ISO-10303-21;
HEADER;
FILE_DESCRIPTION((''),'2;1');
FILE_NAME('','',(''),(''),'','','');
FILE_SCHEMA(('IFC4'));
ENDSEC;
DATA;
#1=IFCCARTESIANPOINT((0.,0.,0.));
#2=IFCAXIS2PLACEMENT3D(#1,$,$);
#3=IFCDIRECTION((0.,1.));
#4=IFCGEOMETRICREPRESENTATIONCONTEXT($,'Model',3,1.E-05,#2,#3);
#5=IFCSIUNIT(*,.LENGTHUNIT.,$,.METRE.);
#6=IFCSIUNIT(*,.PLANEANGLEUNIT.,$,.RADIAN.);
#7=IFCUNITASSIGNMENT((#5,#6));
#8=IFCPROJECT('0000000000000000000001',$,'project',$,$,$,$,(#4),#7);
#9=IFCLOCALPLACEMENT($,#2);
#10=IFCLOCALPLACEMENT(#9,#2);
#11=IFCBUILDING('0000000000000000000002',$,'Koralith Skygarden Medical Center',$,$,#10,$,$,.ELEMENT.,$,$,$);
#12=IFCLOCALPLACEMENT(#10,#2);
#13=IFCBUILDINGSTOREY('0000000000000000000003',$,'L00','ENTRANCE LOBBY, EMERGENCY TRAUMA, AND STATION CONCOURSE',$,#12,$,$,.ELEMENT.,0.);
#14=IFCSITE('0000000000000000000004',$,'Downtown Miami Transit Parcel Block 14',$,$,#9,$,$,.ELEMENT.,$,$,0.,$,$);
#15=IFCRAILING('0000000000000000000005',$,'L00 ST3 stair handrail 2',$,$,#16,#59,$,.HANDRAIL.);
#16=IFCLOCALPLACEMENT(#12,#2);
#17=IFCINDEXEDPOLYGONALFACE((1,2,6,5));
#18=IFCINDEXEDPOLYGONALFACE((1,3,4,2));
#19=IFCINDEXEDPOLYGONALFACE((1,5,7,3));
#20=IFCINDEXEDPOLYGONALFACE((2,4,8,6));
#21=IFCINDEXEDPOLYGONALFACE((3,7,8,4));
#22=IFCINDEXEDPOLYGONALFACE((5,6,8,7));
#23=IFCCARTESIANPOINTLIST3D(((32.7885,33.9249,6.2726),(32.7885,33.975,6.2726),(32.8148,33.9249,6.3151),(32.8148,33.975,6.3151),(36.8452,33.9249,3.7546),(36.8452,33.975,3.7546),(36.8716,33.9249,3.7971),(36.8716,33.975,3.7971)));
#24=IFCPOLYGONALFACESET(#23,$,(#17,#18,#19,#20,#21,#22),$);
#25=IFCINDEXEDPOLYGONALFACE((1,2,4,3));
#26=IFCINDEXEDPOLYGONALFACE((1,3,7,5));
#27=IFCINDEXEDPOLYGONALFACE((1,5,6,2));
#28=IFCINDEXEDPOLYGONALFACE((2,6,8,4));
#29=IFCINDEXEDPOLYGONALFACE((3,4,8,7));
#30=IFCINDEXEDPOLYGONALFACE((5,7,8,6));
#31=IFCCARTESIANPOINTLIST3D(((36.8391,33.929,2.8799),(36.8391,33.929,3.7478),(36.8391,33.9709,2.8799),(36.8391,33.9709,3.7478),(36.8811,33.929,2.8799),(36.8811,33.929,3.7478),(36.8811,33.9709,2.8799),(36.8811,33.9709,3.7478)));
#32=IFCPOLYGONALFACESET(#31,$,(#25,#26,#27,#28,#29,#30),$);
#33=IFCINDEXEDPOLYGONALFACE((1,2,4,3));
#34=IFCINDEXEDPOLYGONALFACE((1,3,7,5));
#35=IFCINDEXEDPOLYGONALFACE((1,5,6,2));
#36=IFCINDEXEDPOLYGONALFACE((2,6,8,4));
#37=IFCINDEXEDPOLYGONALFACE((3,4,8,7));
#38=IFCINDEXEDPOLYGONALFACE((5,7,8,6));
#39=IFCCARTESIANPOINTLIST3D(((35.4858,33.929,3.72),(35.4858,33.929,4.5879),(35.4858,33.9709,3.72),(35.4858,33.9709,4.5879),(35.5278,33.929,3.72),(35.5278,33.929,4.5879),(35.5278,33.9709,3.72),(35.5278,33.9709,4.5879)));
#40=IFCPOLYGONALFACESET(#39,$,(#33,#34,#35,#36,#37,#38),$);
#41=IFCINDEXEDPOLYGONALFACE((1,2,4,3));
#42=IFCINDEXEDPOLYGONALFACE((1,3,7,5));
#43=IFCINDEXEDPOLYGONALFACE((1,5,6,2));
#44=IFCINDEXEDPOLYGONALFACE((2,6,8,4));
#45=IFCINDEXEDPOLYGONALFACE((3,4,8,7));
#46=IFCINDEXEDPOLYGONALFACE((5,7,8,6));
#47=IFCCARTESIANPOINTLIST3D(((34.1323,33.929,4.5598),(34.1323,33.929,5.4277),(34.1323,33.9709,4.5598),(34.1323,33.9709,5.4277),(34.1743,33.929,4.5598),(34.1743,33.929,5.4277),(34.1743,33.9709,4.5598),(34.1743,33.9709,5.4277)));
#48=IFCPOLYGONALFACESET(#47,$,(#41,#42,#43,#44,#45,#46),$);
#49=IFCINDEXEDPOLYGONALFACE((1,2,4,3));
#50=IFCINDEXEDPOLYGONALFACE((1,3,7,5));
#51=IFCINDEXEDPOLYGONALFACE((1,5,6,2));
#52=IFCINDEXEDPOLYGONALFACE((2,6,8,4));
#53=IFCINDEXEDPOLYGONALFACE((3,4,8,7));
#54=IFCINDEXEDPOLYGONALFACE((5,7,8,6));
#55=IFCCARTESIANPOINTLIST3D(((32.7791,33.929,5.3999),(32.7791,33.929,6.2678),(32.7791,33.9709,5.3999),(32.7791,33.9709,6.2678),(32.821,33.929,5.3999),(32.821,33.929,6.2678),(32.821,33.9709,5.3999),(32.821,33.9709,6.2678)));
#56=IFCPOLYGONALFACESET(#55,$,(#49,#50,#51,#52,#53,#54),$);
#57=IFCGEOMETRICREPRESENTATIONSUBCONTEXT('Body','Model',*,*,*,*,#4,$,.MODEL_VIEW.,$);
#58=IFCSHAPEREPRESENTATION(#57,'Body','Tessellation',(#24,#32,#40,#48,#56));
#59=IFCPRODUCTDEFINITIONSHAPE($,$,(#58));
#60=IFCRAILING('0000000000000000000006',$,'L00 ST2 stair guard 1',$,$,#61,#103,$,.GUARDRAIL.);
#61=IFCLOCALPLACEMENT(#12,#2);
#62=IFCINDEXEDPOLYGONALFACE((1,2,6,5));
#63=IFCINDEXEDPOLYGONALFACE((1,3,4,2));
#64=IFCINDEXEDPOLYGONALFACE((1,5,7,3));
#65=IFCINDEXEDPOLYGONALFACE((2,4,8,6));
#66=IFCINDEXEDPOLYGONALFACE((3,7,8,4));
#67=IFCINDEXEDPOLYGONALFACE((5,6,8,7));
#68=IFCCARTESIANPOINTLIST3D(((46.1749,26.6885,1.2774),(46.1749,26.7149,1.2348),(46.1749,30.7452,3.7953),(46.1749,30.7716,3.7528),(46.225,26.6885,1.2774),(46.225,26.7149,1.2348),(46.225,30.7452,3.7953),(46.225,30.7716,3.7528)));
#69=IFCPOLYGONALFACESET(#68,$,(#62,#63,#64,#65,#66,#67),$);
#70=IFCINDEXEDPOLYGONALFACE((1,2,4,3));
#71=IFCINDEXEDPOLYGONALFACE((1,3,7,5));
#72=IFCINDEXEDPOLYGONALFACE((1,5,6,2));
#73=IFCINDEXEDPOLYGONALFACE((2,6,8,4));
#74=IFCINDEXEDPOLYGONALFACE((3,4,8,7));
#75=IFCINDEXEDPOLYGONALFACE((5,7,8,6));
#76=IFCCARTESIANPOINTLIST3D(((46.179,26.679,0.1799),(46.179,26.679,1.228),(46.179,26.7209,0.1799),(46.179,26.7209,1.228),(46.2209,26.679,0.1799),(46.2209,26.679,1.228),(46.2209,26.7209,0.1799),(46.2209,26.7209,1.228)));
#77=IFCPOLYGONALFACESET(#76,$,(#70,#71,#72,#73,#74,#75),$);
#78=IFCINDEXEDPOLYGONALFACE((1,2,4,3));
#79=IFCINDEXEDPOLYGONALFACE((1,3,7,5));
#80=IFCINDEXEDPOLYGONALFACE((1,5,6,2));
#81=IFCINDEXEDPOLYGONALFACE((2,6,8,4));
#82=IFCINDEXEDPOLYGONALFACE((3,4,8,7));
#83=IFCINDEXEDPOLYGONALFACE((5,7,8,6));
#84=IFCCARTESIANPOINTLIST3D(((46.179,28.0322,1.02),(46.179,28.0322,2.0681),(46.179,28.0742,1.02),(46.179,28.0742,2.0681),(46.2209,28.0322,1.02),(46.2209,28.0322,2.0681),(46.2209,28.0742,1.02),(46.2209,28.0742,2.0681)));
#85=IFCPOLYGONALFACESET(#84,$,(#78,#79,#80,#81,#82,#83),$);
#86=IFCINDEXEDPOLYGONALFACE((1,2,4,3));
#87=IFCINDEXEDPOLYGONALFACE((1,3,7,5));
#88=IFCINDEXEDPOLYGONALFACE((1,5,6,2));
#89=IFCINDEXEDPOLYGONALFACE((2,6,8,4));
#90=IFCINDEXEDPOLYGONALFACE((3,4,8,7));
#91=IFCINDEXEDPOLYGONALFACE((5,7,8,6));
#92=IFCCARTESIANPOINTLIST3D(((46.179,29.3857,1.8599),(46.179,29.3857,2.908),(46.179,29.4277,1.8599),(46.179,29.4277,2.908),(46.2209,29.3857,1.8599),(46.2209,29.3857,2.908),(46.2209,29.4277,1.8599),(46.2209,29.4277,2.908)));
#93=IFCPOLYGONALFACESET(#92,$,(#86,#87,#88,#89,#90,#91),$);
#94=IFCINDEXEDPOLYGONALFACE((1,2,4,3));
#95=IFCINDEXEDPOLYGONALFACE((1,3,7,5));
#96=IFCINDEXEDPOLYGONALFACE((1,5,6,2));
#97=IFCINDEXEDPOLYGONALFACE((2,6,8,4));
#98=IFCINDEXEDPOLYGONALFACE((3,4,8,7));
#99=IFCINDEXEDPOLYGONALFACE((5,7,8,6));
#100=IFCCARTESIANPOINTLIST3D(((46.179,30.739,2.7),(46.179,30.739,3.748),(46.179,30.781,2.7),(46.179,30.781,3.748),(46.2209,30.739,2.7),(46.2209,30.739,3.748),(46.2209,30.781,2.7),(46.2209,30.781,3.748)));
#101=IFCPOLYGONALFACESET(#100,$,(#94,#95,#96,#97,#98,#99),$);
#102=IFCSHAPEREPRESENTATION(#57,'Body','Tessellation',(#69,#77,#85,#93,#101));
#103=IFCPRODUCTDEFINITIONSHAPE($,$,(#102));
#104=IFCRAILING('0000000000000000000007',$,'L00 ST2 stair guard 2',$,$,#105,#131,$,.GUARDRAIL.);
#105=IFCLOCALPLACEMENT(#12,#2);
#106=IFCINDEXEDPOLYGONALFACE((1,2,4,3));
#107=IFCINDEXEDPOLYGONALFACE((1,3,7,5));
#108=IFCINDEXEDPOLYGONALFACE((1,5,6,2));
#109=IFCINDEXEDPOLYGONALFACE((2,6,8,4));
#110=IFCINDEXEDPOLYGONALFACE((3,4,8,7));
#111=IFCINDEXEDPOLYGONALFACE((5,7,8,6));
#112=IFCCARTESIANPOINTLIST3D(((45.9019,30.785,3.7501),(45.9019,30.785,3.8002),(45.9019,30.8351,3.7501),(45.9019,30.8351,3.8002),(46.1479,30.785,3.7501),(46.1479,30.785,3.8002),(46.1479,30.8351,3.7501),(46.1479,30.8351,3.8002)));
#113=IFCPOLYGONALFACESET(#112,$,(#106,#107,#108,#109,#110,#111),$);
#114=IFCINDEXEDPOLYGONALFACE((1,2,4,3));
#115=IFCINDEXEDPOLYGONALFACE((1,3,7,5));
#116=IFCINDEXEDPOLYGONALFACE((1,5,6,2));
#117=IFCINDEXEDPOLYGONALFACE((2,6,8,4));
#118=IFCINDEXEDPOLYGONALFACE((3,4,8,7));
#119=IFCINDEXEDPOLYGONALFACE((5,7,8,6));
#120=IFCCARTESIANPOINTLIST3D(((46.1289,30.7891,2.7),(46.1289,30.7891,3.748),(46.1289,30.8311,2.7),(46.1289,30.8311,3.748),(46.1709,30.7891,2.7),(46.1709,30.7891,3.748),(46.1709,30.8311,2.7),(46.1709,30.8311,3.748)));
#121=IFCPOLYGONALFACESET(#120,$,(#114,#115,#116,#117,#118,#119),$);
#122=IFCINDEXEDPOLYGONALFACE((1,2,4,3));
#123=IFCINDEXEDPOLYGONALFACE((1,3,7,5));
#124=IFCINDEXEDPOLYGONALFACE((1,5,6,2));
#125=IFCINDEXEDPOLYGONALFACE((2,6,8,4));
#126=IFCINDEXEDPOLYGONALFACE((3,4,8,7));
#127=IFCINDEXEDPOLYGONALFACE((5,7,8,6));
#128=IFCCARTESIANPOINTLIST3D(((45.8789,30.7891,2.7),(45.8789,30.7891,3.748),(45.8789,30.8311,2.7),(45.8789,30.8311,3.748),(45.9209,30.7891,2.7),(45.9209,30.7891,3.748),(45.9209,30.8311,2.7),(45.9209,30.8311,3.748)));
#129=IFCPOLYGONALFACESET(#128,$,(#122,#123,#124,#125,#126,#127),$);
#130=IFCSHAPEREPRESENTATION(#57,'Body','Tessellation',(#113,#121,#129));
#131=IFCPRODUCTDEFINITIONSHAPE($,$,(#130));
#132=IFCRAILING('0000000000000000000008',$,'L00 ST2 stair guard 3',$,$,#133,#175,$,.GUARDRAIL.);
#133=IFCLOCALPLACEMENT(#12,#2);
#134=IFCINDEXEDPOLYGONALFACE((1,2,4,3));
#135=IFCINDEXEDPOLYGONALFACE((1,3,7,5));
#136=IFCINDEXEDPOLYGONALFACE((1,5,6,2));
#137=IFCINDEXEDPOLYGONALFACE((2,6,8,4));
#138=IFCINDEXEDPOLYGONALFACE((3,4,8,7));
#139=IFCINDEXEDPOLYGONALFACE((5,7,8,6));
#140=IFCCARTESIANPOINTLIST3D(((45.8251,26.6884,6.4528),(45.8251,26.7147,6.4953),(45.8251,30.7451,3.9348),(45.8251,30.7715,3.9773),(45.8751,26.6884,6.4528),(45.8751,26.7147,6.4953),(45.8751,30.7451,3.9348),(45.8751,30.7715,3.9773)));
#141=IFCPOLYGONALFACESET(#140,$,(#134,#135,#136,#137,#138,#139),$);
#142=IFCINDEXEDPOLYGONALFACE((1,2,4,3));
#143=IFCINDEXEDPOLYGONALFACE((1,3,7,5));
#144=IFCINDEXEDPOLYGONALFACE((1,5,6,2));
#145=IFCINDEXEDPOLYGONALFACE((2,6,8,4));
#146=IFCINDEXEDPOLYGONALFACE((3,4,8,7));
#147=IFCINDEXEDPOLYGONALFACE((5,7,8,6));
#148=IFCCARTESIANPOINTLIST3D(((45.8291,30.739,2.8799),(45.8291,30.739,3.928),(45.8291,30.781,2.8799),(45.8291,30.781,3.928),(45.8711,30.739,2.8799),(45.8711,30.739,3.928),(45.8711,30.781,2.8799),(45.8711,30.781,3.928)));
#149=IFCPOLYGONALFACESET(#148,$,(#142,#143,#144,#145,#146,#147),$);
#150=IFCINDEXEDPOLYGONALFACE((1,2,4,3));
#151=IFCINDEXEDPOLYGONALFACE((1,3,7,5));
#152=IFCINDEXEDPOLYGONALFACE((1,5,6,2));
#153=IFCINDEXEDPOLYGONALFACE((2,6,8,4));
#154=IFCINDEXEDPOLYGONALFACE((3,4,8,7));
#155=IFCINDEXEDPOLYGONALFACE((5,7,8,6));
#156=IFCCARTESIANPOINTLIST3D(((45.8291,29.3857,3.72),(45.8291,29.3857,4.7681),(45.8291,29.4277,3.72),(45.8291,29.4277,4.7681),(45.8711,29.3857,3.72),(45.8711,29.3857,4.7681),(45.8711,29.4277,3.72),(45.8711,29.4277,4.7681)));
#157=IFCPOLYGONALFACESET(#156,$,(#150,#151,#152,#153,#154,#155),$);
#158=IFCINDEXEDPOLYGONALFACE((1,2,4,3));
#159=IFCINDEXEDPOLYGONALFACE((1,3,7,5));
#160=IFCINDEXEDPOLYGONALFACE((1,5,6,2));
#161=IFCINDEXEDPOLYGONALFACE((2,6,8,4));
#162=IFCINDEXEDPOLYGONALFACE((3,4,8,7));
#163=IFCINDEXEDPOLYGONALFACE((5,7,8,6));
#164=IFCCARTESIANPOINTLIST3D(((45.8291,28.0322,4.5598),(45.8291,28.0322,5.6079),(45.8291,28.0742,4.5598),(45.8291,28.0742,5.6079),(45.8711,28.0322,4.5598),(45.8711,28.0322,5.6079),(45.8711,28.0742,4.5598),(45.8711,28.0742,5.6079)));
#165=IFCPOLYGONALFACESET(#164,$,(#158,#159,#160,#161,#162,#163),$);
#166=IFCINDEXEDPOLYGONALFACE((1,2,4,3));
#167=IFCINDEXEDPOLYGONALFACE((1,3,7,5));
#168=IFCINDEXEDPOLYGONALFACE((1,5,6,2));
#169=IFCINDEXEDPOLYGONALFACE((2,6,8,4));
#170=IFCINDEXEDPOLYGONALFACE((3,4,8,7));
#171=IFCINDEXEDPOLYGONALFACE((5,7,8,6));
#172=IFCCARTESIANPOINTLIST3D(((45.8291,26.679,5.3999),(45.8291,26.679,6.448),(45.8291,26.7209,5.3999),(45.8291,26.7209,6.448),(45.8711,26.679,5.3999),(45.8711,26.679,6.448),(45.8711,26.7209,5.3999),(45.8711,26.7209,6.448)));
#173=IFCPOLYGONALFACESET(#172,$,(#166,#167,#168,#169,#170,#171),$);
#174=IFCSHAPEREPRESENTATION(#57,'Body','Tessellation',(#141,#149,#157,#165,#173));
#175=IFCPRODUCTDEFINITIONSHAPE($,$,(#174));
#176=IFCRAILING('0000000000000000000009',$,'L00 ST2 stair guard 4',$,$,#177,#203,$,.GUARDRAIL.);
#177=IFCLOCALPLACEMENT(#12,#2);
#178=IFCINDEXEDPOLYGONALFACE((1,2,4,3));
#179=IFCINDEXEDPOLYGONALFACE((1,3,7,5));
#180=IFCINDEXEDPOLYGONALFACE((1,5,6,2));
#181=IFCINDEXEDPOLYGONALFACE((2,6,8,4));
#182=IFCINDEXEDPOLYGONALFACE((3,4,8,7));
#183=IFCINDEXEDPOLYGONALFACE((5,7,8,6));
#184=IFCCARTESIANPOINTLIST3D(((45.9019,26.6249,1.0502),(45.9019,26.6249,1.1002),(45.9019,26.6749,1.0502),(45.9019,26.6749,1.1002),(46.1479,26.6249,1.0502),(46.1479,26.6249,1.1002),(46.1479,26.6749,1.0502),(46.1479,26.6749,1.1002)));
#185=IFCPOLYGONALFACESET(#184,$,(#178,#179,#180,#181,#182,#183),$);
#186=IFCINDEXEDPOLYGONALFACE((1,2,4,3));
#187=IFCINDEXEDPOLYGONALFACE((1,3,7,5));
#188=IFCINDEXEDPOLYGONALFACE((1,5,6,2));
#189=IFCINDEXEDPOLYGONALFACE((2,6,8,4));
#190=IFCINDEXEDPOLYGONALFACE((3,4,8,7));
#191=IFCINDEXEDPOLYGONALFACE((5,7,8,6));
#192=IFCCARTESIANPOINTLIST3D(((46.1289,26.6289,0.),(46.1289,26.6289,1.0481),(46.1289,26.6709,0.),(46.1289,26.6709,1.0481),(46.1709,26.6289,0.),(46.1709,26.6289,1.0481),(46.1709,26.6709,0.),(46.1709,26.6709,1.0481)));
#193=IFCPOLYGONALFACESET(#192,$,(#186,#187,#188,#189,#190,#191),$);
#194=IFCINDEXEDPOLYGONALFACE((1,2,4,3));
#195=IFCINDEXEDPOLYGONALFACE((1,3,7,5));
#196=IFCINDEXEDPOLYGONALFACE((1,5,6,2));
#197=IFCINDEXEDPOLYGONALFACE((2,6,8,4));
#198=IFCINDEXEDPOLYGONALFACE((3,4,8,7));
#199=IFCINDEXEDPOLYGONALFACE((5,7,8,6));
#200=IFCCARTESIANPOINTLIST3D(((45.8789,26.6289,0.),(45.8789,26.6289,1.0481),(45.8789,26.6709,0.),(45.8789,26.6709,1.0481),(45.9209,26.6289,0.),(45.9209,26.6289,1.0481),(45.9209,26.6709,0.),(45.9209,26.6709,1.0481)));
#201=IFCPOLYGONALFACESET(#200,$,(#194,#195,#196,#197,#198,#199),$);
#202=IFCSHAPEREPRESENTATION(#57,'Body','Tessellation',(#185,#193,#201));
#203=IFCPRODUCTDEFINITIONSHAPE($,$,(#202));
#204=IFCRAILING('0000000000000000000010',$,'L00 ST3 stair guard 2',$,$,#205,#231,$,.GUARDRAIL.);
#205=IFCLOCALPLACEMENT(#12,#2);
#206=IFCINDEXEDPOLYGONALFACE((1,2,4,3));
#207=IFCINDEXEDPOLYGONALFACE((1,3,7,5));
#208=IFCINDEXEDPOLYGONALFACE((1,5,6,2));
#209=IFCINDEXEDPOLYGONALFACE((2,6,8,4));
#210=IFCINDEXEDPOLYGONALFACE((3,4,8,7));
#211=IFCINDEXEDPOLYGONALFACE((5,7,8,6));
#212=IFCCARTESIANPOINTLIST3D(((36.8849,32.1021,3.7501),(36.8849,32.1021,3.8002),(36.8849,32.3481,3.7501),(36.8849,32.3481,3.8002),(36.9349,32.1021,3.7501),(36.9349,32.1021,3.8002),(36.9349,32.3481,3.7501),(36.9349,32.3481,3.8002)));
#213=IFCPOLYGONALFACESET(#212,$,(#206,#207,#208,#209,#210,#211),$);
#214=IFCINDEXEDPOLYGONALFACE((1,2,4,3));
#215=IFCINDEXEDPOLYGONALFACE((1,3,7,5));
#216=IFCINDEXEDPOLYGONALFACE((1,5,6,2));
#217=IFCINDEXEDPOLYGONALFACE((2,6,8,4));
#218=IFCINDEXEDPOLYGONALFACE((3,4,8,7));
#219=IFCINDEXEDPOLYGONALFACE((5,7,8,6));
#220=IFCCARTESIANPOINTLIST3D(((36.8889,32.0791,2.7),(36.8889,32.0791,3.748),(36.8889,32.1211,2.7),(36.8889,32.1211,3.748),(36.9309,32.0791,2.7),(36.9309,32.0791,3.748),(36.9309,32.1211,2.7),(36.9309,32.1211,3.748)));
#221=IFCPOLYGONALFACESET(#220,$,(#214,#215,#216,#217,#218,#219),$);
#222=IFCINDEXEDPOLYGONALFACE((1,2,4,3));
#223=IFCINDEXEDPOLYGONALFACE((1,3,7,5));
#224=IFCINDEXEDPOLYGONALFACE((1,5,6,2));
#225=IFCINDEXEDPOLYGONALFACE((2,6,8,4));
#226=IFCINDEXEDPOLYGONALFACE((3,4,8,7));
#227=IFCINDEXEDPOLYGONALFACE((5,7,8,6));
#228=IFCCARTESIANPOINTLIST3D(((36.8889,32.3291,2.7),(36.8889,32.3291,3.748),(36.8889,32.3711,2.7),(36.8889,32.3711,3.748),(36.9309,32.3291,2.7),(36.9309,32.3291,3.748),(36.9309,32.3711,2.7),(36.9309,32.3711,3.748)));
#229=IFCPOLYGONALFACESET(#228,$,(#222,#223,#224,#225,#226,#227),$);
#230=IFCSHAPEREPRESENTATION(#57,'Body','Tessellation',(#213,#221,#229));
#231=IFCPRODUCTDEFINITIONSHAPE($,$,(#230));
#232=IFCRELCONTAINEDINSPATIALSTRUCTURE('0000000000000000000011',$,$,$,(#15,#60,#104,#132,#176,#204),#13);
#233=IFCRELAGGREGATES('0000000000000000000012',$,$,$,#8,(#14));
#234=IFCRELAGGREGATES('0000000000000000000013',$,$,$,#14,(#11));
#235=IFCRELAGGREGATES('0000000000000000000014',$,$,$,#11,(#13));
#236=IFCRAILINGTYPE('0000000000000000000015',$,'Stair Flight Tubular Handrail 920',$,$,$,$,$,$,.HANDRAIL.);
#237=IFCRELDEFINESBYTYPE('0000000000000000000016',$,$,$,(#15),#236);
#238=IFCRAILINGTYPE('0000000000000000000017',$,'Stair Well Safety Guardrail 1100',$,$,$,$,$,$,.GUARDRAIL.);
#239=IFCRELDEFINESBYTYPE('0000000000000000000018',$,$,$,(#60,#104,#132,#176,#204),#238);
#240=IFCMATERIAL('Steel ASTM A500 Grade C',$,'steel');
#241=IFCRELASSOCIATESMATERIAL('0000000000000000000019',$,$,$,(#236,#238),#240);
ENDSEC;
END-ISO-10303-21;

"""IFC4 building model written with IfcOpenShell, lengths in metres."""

from ifc_helpers import new_model, si_unit, direction, frame, origin, origin_2d, place, context, subcontext, project, spatial, rectangle, extrude, material, type_object, element, save


model = new_model("IFC4")

# Units and contexts
model_context = context("Model", 3, precision=1e-05, world=origin(), true_north=direction((0.0, 1.0)))
body_context = subcontext(model_context, "Body", "Model", "MODEL_VIEW")
ifc_project = project(units=[si_unit("LENGTHUNIT", "METRE"), si_unit("PLANEANGLEUNIT", "RADIAN")], contexts=[model_context])

# Site, building, storey
site_placement = place(None, origin())
site = spatial("IfcSite", under=ifc_project, at=site_placement, Name="Downtown Miami Transit Parcel Block 14", CompositionType="ELEMENT", RefElevation=0.0)
building_placement = place(site_placement, origin())
building = spatial("IfcBuilding", under=site, at=building_placement, Name="Koralith Skygarden Medical Center", CompositionType="ELEMENT")
storey_placement = place(building_placement, origin())
storey = spatial("IfcBuildingStorey", under=building, at=storey_placement, Name="L00", Description="ENTRANCE LOBBY, EMERGENCY TRAUMA, AND STATION CONCOURSE", CompositionType="ELEMENT", Elevation=0.0)

# Shared definitions
ifc_material_1 = material(Name="Steel ASTM A500 Grade C", Category="steel")

# Railings
railing_type_1 = type_object("IfcRailingType", Name="Stair Flight Tubular Handrail 920", PredefinedType="HANDRAIL", material=ifc_material_1)
railing_1_placement = place(storey_placement, frame((36.8601, 33.95, 2.8799)))
element("IfcRailing", 1, at=railing_1_placement, inside=storey, type_object=railing_type_1, Name="L00 ST3 stair handrail 2", PredefinedType="HANDRAIL", context=body_context, shape_type="SweptSolid", body=[
    extrude(rectangle(XDim=0.05, YDim=0.05, at=origin_2d()), frame((-0.0017, 0.0, 0.896), z_axis=(-0.849642, 0.0, 0.52736), x_axis=(0.0, -1.0, 0.0)), (0.0, 0.0, 1.0), 4.7747),
    extrude(rectangle(XDim=0.042, YDim=0.042, at=origin_2d()), origin(), (0.0, 0.0, 1.0), 0.8679),
    extrude(rectangle(XDim=0.042, YDim=0.042, at=origin_2d()), frame((-1.3533, 0.0, 0.8401)), (0.0, 0.0, 1.0), 0.8679),
    extrude(rectangle(XDim=0.042, YDim=0.042, at=origin_2d()), frame((-2.7068, 0.0, 1.6799)), (0.0, 0.0, 1.0), 0.8679),
    extrude(rectangle(XDim=0.042, YDim=0.042, at=origin_2d()), frame((-4.0601, 0.0, 2.52)), (0.0, 0.0, 1.0), 0.8679),
])
railing_type_2 = type_object("IfcRailingType", Name="Stair Well Safety Guardrail 1100", PredefinedType="GUARDRAIL", material=ifc_material_1)
railing_2_placement = place(storey_placement, frame((46.2, 26.7, 0.1799)))
element("IfcRailing", 2, at=railing_2_placement, inside=storey, type_object=railing_type_2, Name="L00 ST2 stair guard 1", PredefinedType="GUARDRAIL", context=body_context, shape_type="SweptSolid", body=[
    extrude(rectangle(XDim=0.05, YDim=0.05, at=origin_2d()), frame((0.0, 0.0017, 1.0762), z_axis=(0.0, 0.849642, 0.52736), x_axis=(-1.0, 0.0, 0.0)), (0.0, 0.0, 1.0), 4.7747),
    extrude(rectangle(XDim=0.042, YDim=0.042, at=origin_2d()), origin(), (0.0, 0.0, 1.0), 1.0481),
    extrude(rectangle(XDim=0.042, YDim=0.042, at=origin_2d()), frame((0.0, 1.3533, 0.8401)), (0.0, 0.0, 1.0), 1.0481),
    extrude(rectangle(XDim=0.042, YDim=0.042, at=origin_2d()), frame((0.0, 2.7068, 1.6799)), (0.0, 0.0, 1.0), 1.0481),
    extrude(rectangle(XDim=0.042, YDim=0.042, at=origin_2d()), frame((0.0, 4.0601, 2.52)), (0.0, 0.0, 1.0), 1.0481),
])
railing_3_placement = place(storey_placement, frame((46.1499, 30.8101, 2.7)))
element("IfcRailing", 3, at=railing_3_placement, inside=storey, type_object=railing_type_2, Name="L00 ST2 stair guard 2", PredefinedType="GUARDRAIL", context=body_context, shape_type="SweptSolid", body=[
    extrude(rectangle(XDim=0.05, YDim=0.05, at=origin_2d()), frame((-0.002, 0.0, 1.0752), z_axis=(-1.0, 0.0, 0.0), x_axis=(0.0, -1.0, 0.0)), (0.0, 0.0, 1.0), 0.2461),
    extrude(rectangle(XDim=0.042, YDim=0.042, at=origin_2d()), origin(), (0.0, 0.0, 1.0), 1.0481),
    extrude(rectangle(XDim=0.042, YDim=0.042, at=origin_2d()), frame((-0.25, 0.0, 0.0)), (0.0, 0.0, 1.0), 1.0481),
])
railing_4_placement = place(storey_placement, frame((45.8501, 30.76, 2.8799)))
element("IfcRailing", 4, at=railing_4_placement, inside=storey, type_object=railing_type_2, Name="L00 ST2 stair guard 3", PredefinedType="GUARDRAIL", context=body_context, shape_type="SweptSolid", body=[
    extrude(rectangle(XDim=0.05, YDim=0.05, at=origin_2d()), frame((0.0, -0.0017, 1.0762), z_axis=(0.0, -0.849642, 0.52736), x_axis=(1.0, 0.0, 0.0)), (0.0, 0.0, 1.0), 4.7747),
    extrude(rectangle(XDim=0.042, YDim=0.042, at=origin_2d()), origin(), (0.0, 0.0, 1.0), 1.0481),
    extrude(rectangle(XDim=0.042, YDim=0.042, at=origin_2d()), frame((0.0, -1.3533, 0.8401)), (0.0, 0.0, 1.0), 1.0481),
    extrude(rectangle(XDim=0.042, YDim=0.042, at=origin_2d()), frame((0.0, -2.7068, 1.6799)), (0.0, 0.0, 1.0), 1.0481),
    extrude(rectangle(XDim=0.042, YDim=0.042, at=origin_2d()), frame((0.0, -4.0601, 2.52)), (0.0, 0.0, 1.0), 1.0481),
])
railing_5_placement = place(storey_placement, frame((46.1499, 26.6499, 0.0)))
element("IfcRailing", 5, at=railing_5_placement, inside=storey, type_object=railing_type_2, Name="L00 ST2 stair guard 4", PredefinedType="GUARDRAIL", context=body_context, shape_type="SweptSolid", body=[
    extrude(rectangle(XDim=0.05, YDim=0.05, at=origin_2d()), frame((-0.002, 0.0, 1.0752), z_axis=(-1.0, 0.0, 0.0), x_axis=(0.0, -1.0, 0.0)), (0.0, 0.0, 1.0), 0.2461),
    extrude(rectangle(XDim=0.042, YDim=0.042, at=origin_2d()), origin(), (0.0, 0.0, 1.0), 1.0481),
    extrude(rectangle(XDim=0.042, YDim=0.042, at=origin_2d()), frame((-0.25, 0.0, 0.0)), (0.0, 0.0, 1.0), 1.0481),
])
railing_6_placement = place(storey_placement, frame((36.9099, 32.1001, 2.7)))
element("IfcRailing", 6, at=railing_6_placement, inside=storey, type_object=railing_type_2, Name="L00 ST3 stair guard 2", PredefinedType="GUARDRAIL", context=body_context, shape_type="SweptSolid", body=[
    extrude(rectangle(XDim=0.05, YDim=0.05, at=origin_2d()), frame((0.0, 0.002, 1.0752), z_axis=(0.0, 1.0, 0.0), x_axis=(-1.0, 0.0, 0.0)), (0.0, 0.0, 1.0), 0.2461),
    extrude(rectangle(XDim=0.042, YDim=0.042, at=origin_2d()), origin(), (0.0, 0.0, 1.0), 1.0481),
    extrude(rectangle(XDim=0.042, YDim=0.042, at=origin_2d()), frame((0.0, 0.25, 0.0)), (0.0, 0.0, 1.0), 1.0481),
])

save(model, "model.ifc")
